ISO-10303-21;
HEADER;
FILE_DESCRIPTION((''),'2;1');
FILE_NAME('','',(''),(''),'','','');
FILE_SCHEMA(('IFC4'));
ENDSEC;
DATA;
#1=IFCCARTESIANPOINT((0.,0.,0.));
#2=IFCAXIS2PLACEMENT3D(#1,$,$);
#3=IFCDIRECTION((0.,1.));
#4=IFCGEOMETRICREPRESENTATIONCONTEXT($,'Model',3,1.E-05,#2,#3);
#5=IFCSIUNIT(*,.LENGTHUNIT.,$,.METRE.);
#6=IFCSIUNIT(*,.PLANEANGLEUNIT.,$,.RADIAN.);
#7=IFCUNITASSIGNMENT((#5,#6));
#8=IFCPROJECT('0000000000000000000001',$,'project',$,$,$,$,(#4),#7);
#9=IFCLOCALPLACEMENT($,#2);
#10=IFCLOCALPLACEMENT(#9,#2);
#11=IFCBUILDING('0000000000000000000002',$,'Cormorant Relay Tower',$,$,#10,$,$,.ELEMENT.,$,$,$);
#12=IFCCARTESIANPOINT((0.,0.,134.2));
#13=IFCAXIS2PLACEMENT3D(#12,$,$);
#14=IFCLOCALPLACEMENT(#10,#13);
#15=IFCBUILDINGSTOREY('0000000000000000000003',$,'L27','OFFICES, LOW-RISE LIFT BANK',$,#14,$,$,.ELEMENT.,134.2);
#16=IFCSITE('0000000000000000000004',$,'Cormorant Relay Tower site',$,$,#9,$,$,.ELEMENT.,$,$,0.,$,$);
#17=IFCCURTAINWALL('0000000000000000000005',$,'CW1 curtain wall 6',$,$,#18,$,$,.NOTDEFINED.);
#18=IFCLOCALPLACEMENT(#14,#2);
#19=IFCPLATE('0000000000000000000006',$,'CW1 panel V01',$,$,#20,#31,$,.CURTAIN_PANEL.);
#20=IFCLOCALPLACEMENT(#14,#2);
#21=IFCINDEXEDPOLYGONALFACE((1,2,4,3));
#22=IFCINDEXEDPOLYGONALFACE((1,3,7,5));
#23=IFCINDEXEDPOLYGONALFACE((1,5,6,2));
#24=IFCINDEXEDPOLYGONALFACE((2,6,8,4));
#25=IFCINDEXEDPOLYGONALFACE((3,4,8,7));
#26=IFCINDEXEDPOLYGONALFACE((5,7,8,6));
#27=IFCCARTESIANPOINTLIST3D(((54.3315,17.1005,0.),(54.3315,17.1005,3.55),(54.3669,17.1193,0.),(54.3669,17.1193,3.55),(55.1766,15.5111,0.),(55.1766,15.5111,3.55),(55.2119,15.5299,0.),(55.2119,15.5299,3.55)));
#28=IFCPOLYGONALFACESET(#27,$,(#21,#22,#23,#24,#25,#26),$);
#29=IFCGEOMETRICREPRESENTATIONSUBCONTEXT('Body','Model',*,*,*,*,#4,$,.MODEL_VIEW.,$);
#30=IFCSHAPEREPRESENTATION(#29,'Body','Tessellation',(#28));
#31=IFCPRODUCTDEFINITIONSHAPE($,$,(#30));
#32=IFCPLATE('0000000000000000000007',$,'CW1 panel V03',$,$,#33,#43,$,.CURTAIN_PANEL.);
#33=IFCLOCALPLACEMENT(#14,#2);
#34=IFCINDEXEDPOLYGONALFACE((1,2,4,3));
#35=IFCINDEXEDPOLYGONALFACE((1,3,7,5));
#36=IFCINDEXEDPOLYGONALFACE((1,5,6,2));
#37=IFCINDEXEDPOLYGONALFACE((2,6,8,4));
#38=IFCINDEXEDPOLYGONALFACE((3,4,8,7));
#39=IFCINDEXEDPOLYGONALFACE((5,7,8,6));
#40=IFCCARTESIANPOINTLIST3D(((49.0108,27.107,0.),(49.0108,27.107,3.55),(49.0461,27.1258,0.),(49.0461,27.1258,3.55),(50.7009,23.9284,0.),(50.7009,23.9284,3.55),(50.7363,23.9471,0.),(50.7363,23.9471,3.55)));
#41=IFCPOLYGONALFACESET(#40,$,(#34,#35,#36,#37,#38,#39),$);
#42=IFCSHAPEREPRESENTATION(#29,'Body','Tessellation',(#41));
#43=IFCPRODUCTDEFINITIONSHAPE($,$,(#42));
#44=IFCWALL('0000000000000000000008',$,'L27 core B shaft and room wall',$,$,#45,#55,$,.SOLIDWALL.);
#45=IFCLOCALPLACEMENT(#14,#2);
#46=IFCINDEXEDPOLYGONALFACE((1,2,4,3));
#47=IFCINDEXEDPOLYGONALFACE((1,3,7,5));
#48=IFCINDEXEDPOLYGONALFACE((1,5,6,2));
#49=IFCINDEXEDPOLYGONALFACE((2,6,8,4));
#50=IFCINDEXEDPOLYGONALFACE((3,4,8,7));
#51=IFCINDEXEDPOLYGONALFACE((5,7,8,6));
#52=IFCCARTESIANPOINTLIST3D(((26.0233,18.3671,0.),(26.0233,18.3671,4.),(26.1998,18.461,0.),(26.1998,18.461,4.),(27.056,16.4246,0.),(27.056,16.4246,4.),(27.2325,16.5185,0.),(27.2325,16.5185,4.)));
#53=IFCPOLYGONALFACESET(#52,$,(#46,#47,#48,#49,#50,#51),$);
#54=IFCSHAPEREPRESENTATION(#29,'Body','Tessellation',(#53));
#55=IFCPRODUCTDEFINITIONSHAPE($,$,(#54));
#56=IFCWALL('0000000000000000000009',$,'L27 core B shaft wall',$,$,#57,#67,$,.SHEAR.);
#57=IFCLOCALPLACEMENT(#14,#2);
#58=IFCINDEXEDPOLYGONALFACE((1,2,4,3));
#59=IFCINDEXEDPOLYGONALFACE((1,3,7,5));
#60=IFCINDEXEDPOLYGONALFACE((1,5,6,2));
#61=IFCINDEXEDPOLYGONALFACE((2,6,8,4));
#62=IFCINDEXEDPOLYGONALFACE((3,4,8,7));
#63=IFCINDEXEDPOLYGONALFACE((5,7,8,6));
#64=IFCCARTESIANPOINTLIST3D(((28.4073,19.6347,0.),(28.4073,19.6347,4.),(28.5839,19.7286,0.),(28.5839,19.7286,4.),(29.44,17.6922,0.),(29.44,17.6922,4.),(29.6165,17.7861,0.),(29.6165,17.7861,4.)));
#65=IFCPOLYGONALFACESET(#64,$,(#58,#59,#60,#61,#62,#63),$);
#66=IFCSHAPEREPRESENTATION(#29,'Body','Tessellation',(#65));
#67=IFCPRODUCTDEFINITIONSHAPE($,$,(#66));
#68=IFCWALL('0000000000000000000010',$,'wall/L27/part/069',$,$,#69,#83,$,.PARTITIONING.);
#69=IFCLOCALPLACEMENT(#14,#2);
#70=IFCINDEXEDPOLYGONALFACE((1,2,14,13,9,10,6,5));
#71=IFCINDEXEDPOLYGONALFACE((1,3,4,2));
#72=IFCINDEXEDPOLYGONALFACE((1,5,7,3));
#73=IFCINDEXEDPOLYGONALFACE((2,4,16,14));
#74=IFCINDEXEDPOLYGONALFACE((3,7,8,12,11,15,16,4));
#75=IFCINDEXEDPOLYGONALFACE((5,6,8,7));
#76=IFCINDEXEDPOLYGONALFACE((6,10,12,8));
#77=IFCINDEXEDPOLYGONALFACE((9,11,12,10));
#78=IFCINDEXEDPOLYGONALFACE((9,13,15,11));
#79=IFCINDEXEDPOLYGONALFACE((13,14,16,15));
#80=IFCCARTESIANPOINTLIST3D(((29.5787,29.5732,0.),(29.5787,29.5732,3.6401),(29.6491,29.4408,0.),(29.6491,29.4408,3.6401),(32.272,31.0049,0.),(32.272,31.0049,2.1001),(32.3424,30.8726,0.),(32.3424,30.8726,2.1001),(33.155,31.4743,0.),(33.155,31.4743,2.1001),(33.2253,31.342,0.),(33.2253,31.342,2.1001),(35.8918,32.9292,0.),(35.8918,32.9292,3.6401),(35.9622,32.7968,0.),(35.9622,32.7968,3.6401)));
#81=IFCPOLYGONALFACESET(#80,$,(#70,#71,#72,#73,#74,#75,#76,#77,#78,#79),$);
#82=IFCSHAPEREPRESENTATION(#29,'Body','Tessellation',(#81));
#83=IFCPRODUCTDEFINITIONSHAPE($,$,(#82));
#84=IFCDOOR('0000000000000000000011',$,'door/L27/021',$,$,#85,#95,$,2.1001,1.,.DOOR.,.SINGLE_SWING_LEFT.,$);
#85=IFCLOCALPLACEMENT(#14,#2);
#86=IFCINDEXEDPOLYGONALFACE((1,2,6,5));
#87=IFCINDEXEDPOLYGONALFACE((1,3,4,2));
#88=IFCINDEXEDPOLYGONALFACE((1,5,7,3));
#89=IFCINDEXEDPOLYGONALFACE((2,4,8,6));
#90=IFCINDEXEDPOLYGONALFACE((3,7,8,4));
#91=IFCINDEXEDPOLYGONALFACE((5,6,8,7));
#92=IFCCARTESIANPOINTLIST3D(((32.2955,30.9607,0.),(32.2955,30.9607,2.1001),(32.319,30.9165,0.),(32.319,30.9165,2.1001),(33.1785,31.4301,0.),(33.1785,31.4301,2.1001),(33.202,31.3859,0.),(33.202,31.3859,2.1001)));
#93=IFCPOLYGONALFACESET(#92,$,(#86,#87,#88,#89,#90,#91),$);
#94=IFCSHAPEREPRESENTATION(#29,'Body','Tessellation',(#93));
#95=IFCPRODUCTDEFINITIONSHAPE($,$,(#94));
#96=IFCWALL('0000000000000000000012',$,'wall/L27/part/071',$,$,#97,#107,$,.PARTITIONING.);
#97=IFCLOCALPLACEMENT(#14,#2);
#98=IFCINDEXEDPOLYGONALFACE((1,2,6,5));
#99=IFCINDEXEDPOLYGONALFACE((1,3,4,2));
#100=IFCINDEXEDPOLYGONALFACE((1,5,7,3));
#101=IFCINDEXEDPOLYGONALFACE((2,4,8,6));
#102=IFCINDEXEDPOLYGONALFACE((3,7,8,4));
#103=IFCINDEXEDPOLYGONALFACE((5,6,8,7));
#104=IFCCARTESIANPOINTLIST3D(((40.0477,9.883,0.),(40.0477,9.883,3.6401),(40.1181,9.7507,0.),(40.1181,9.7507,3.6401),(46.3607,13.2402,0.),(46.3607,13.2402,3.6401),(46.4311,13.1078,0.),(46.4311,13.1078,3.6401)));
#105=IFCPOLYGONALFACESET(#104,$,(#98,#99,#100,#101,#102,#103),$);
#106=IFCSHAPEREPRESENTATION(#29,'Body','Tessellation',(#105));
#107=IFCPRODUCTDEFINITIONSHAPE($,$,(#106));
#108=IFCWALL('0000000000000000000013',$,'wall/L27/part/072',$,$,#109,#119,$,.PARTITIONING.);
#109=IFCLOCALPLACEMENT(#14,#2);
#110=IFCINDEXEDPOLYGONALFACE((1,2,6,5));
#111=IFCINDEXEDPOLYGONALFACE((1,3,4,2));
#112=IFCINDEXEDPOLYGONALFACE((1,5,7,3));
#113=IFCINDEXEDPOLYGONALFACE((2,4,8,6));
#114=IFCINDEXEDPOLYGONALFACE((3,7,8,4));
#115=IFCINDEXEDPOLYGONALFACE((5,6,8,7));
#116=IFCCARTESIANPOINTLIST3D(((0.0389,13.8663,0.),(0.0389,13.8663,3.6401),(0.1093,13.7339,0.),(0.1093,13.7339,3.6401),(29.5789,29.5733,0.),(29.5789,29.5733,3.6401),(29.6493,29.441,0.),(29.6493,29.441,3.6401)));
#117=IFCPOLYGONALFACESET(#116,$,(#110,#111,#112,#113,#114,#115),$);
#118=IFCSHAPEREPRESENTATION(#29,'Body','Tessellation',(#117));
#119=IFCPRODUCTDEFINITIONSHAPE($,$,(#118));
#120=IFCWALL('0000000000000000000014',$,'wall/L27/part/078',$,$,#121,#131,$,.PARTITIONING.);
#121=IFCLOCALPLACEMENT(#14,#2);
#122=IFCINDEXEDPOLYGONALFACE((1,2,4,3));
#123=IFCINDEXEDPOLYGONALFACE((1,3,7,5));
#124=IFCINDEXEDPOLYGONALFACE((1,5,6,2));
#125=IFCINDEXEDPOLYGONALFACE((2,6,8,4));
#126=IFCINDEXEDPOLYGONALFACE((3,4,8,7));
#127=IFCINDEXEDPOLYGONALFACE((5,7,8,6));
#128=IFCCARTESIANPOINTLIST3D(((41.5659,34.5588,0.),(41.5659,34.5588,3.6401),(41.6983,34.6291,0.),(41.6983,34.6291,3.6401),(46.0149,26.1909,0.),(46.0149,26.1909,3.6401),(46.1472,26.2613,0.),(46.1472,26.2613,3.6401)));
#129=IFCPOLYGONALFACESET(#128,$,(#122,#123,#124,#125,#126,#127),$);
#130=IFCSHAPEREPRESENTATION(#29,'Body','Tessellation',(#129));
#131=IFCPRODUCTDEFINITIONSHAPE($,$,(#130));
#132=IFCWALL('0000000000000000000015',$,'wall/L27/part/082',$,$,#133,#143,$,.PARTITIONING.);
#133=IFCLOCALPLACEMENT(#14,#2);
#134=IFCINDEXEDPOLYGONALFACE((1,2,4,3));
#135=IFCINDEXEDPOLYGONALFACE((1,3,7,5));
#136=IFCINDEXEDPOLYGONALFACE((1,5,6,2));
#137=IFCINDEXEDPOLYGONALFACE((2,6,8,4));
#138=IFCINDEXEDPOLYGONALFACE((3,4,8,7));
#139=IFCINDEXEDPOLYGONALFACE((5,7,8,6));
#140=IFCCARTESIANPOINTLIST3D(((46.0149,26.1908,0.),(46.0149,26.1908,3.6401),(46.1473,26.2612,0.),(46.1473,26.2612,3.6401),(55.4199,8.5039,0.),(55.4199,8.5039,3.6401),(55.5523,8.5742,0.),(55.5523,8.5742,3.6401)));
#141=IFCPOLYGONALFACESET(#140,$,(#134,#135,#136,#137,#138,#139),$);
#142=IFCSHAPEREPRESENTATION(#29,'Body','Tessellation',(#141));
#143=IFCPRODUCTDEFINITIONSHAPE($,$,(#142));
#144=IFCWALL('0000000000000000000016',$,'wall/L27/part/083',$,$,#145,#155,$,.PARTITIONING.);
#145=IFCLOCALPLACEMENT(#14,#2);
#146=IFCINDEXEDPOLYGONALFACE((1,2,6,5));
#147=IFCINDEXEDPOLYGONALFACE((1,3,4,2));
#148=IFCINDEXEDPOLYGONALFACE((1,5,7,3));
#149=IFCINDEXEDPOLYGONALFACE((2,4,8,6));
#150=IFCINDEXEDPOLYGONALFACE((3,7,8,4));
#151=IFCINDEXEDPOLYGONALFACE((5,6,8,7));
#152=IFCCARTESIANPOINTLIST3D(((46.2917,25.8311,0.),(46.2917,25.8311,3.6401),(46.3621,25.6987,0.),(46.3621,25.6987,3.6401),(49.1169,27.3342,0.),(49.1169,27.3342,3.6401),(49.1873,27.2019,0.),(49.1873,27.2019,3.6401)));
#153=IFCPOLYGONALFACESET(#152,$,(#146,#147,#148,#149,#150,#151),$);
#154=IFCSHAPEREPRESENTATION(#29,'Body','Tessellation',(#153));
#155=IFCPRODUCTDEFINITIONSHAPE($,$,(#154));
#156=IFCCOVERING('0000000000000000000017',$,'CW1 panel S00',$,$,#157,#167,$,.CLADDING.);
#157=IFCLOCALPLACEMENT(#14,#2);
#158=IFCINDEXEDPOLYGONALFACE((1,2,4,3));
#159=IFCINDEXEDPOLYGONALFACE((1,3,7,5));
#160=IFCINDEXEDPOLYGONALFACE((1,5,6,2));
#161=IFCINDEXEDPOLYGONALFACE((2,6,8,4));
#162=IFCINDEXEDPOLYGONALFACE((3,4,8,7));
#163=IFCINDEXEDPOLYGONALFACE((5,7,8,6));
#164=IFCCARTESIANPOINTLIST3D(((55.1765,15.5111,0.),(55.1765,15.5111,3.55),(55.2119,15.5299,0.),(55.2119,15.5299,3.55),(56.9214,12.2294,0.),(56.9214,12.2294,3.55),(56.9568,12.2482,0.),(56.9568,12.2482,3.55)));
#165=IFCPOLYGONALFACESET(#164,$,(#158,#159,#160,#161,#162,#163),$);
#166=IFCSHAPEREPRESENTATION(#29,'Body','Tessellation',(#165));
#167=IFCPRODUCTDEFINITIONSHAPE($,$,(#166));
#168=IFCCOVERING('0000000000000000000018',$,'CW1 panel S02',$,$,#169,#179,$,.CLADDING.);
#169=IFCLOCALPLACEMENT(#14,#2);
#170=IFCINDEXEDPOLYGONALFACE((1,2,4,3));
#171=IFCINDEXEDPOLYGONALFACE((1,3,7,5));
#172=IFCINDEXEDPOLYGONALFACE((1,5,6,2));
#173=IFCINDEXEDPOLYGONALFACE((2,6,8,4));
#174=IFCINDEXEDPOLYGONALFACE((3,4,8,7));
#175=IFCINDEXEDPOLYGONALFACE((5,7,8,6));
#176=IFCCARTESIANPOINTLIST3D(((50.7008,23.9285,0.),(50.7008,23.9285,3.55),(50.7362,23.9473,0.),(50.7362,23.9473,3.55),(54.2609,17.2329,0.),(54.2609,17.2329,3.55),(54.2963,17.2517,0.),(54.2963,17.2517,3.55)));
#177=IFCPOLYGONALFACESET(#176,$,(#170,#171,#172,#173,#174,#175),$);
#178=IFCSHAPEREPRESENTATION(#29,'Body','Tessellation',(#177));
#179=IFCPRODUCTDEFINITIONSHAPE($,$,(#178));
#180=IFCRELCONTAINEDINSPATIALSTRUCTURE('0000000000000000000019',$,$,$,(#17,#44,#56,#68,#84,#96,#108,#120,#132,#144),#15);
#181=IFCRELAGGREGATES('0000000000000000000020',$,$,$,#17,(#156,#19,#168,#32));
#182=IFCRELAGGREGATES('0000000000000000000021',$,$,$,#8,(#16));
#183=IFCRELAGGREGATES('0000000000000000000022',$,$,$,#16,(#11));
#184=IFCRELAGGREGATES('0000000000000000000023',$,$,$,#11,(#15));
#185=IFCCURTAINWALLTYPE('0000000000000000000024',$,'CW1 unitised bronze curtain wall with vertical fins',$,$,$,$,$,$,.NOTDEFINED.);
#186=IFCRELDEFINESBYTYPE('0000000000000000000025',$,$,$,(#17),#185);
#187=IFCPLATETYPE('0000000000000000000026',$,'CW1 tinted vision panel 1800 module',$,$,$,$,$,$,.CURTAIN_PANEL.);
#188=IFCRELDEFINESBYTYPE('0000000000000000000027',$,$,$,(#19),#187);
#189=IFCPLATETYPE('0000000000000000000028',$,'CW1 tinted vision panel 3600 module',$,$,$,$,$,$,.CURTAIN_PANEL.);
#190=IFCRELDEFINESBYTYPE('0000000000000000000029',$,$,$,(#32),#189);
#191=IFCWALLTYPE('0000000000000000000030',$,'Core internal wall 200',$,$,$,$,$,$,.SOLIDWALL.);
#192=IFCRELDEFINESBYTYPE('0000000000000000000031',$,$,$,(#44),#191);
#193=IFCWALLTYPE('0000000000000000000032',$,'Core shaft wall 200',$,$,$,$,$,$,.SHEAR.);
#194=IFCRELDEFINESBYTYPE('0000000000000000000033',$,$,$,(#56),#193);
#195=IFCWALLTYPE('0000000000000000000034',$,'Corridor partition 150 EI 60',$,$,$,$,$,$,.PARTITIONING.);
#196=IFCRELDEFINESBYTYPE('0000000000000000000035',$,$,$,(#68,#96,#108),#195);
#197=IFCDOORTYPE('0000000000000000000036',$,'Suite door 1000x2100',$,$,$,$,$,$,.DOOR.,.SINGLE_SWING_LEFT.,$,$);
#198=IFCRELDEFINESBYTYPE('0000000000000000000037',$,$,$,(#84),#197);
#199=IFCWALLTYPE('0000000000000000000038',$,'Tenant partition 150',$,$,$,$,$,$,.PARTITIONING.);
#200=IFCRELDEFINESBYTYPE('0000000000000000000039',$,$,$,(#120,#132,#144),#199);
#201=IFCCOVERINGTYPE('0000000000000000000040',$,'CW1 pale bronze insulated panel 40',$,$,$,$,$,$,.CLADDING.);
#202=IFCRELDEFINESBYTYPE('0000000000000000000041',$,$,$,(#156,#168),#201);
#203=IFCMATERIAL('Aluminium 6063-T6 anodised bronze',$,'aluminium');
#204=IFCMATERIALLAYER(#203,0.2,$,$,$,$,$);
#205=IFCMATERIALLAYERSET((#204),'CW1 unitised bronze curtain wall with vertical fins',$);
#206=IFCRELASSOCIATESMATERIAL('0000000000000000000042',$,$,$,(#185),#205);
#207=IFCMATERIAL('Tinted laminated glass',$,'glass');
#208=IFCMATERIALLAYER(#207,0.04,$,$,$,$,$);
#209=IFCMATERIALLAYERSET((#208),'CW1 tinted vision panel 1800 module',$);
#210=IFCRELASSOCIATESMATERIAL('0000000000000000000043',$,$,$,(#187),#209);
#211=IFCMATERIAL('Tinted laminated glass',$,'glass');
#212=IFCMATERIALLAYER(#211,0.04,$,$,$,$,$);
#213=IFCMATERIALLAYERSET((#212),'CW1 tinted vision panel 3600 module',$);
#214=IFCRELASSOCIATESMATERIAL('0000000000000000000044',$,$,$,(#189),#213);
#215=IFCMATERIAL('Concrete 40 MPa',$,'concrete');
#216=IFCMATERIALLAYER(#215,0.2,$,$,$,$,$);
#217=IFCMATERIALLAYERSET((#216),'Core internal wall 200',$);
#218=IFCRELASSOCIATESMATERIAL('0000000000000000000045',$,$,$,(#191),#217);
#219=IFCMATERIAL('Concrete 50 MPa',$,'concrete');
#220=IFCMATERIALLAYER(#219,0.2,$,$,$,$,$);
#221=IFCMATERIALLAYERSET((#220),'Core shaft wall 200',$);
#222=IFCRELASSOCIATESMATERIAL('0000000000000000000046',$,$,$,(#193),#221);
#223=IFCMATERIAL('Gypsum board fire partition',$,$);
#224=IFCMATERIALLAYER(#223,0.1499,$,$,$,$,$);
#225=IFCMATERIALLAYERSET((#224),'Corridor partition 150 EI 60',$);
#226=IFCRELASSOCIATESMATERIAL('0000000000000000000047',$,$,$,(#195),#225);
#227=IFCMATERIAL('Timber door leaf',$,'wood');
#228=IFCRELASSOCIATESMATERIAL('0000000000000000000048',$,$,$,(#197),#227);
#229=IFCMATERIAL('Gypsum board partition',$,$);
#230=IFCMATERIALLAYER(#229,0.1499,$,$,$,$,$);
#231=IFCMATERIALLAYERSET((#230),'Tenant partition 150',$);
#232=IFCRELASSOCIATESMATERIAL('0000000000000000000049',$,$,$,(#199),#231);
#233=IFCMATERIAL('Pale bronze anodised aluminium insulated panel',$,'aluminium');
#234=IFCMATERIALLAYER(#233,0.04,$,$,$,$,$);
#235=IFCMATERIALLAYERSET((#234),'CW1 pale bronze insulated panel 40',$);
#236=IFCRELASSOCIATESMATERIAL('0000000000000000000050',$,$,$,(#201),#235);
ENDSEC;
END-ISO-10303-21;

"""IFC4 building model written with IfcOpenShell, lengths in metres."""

from ifc_helpers import new_model, si_unit, direction, frame, frame_2d, origin, origin_2d, place, context, subcontext, project, spatial, rectangle, extrude, material, layer, layer_set, type_object, element, fill, aggregate, save


model = new_model("IFC4")

# Units and contexts
model_context = context("Model", 3, precision=1e-05, world=origin(), true_north=direction((0.0, 1.0)))
body_context = subcontext(model_context, "Body", "Model", "MODEL_VIEW")
ifc_project = project(units=[si_unit("LENGTHUNIT", "METRE"), si_unit("PLANEANGLEUNIT", "RADIAN")], contexts=[model_context])

# Site, building, storey
site_placement = place(None, origin())
site = spatial("IfcSite", under=ifc_project, at=site_placement, Name="Cormorant Relay Tower site", CompositionType="ELEMENT", RefElevation=0.0)
building_placement = place(site_placement, origin())
building = spatial("IfcBuilding", under=site, at=building_placement, Name="Cormorant Relay Tower", CompositionType="ELEMENT")
storey_placement = place(building_placement, frame((0.0, 0.0, 134.2)))
storey = spatial("IfcBuildingStorey", under=building, at=storey_placement, Name="L27", Description="OFFICES, LOW-RISE LIFT BANK", CompositionType="ELEMENT", Elevation=134.2)

# Curtain wall
ifc_material_1 = material(Name="Aluminium 6063-T6 anodised bronze", Category="aluminium")
ifc_layer_1 = layer(ifc_material_1, 0.2)
ifc_layer_set_1 = layer_set([ifc_layer_1], Name="CW1 unitised bronze curtain wall with vertical fins")
curtain_wall_type = type_object("IfcCurtainWallType", Name="CW1 unitised bronze curtain wall with vertical fins", PredefinedType="NOTDEFINED", material=ifc_layer_set_1)
curtain_wall_placement = place(storey_placement, origin())
curtain_wall = element("IfcCurtainWall", 1, at=curtain_wall_placement, inside=storey, type_object=curtain_wall_type, Name="CW1 curtain wall 6", PredefinedType="NOTDEFINED")

# Plates
ifc_material_2 = material(Name="Tinted laminated glass", Category="glass")
ifc_layer_2 = layer(ifc_material_2, 0.04)
ifc_layer_set_2 = layer_set([ifc_layer_2], Name="CW1 tinted vision panel 1800 module")
plate_type_1 = type_object("IfcPlateType", Name="CW1 tinted vision panel 1800 module", PredefinedType="CURTAIN_PANEL", material=ifc_layer_set_2)
plate_1_placement = place(storey_placement, frame((54.7717, 16.3152, 0.0), z_axis=(0.0, 0.0, 1.0), x_axis=(-0.469472, 0.882948, 0.0)))
plate_1 = element("IfcPlate", 2, at=plate_1_placement, type_object=plate_type_1, Name="CW1 panel V01", PredefinedType="CURTAIN_PANEL", context=body_context, shape_type="SweptSolid", body=[
    extrude(rectangle(XDim=1.8, YDim=0.04, at=origin_2d()), origin(), (0.0, 0.0, 1.0), 3.55),
])
ifc_material_3 = material(Name="Tinted laminated glass", Category="glass")
ifc_layer_3 = layer(ifc_material_3, 0.04)
ifc_layer_set_3 = layer_set([ifc_layer_3], Name="CW1 tinted vision panel 3600 module")
plate_type_2 = type_object("IfcPlateType", Name="CW1 tinted vision panel 3600 module", PredefinedType="CURTAIN_PANEL", material=ifc_layer_set_3)
plate_2_placement = place(storey_placement, frame((49.8735, 25.5271, 0.0), z_axis=(0.0, 0.0, 1.0), x_axis=(-0.469472, 0.882948, 0.0)))
plate_2 = element("IfcPlate", 3, at=plate_2_placement, type_object=plate_type_2, Name="CW1 panel V03", PredefinedType="CURTAIN_PANEL", context=body_context, shape_type="SweptSolid", body=[
    extrude(rectangle(XDim=3.6001, YDim=0.04, at=origin_2d()), origin(), (0.0, 0.0, 1.0), 3.55),
])

# Walls
ifc_material_4 = material(Name="Concrete 40 MPa", Category="concrete")
ifc_layer_4 = layer(ifc_material_4, 0.2)
ifc_layer_set_4 = layer_set([ifc_layer_4], Name="Core internal wall 200")
wall_type_1 = type_object("IfcWallType", Name="Core internal wall 200", PredefinedType="SOLIDWALL", material=ifc_layer_set_4)
wall_1_placement = place(storey_placement, frame((27.1443, 16.4714, 0.0), z_axis=(0.0, 0.0, 1.0), x_axis=(-0.469401, 0.882985, 0.0)))
element("IfcWall", 4, at=wall_1_placement, inside=storey, type_object=wall_type_1, Name="L27 core B shaft and room wall", PredefinedType="SOLIDWALL", context=body_context, shape_type="SweptSolid", body=[
    extrude(rectangle(XDim=2.2, YDim=0.2, at=frame_2d((1.1001, 0.0))), origin(), (0.0, 0.0, 1.0), 4.0),
])
ifc_material_5 = material(Name="Concrete 50 MPa", Category="concrete")
ifc_layer_5 = layer(ifc_material_5, 0.2)
ifc_layer_set_5 = layer_set([ifc_layer_5], Name="Core shaft wall 200")
wall_type_2 = type_object("IfcWallType", Name="Core shaft wall 200", PredefinedType="SHEAR", material=ifc_layer_set_5)
wall_2_placement = place(storey_placement, frame((29.5283, 17.739, 0.0), z_axis=(0.0, 0.0, 1.0), x_axis=(-0.469401, 0.882985, 0.0)))
element("IfcWall", 5, at=wall_2_placement, inside=storey, type_object=wall_type_2, Name="L27 core B shaft wall", PredefinedType="SHEAR", context=body_context, shape_type="SweptSolid", body=[
    extrude(rectangle(XDim=2.2, YDim=0.2, at=frame_2d((1.1001, 0.0))), origin(), (0.0, 0.0, 1.0), 4.0),
])

# Wall, opening, door
ifc_material_6 = material(Name="Gypsum board fire partition")
ifc_layer_6 = layer(ifc_material_6, 0.1499)
ifc_layer_set_6 = layer_set([ifc_layer_6], Name="Corridor partition 150 EI 60")
wall_type_3 = type_object("IfcWallType", Name="Corridor partition 150 EI 60", PredefinedType="PARTITIONING", material=ifc_layer_set_6)
wall_3_placement = place(storey_placement, frame((29.614, 29.5071, 0.0), z_axis=(0.0, 0.0, 1.0), x_axis=(0.882989, 0.469393, 0.0)))
wall_3 = element("IfcWall", 6, at=wall_3_placement, inside=storey, type_object=wall_type_3, Name="wall/L27/part/069", PredefinedType="PARTITIONING", context=body_context, shape_type="SweptSolid", body=[
    extrude(rectangle(XDim=7.1497, YDim=0.1499, at=frame_2d((3.5747, 0.0))), origin(), (0.0, 0.0, 1.0), 3.6401),
])
opening_1_placement = place(wall_3_placement, frame((3.05, 0.0, 0.0)))
opening_1 = element("IfcOpeningElement", 7, at=opening_1_placement, cuts=wall_3, PredefinedType="OPENING", context=body_context, shape_type="SweptSolid", body=[
    extrude(rectangle(XDim=1.0, YDim=2.1001, at=frame_2d((0.5, 1.05))), frame((0.0, 0.085, 0.0), z_axis=(0.0, -1.0, 0.0), x_axis=(1.0, 0.0, 0.0)), (0.0, 0.0, 1.0), 0.1699),
])
ifc_material_7 = material(Name="Timber door leaf", Category="wood")
door_type_1 = type_object("IfcDoorType", Name="Suite door 1000x2100", OperationType="SINGLE_SWING_LEFT", PredefinedType="DOOR", material=ifc_material_7)
door_1_placement = place(opening_1_placement, origin())
door_1 = element("IfcDoor", 8, at=door_1_placement, inside=storey, type_object=door_type_1, Name="door/L27/021", OperationType="SINGLE_SWING_LEFT", OverallHeight=2.1001, OverallWidth=1.0, PredefinedType="DOOR", context=body_context, shape_type="SweptSolid", body=[
    extrude(rectangle(XDim=1.0, YDim=2.1001, at=frame_2d((0.5, 1.05))), frame((0.0, 0.0249, 0.0), z_axis=(0.0, -1.0, 0.0), x_axis=(1.0, 0.0, 0.0)), (0.0, 0.0, 1.0), 0.05),
])
fill(opening_1, door_1)

# Walls
wall_4_placement = place(storey_placement, frame((46.396, 13.1741, 0.0), z_axis=(0.0, 0.0, 1.0), x_axis=(-0.882918, -0.469526, 0.0)))
element("IfcWall", 9, at=wall_4_placement, inside=storey, type_object=wall_type_3, Name="wall/L27/part/071", PredefinedType="PARTITIONING", context=body_context, shape_type="SweptSolid", body=[
    extrude(rectangle(XDim=7.1501, YDim=0.1499, at=frame_2d((3.5752, 0.0))), origin(), (0.0, 0.0, 1.0), 3.6401),
])
wall_5_placement = place(storey_placement, frame((29.614, 29.5071, 0.0), z_axis=(0.0, 0.0, 1.0), x_axis=(-0.882944, -0.469479, 0.0)))
element("IfcWall", 10, at=wall_5_placement, inside=storey, type_object=wall_type_3, Name="wall/L27/part/072", PredefinedType="PARTITIONING", context=body_context, shape_type="SweptSolid", body=[
    extrude(rectangle(XDim=33.4563, YDim=0.1499, at=frame_2d((16.728, 0.0))), origin(), (0.0, 0.0, 1.0), 3.6401),
])
ifc_material_8 = material(Name="Gypsum board partition")
ifc_layer_7 = layer(ifc_material_8, 0.1499)
ifc_layer_set_7 = layer_set([ifc_layer_7], Name="Tenant partition 150")
wall_type_4 = type_object("IfcWallType", Name="Tenant partition 150", PredefinedType="PARTITIONING", material=ifc_layer_set_7)
wall_6_placement = place(storey_placement, frame((46.0811, 26.2261, 0.0), z_axis=(0.0, 0.0, 1.0), x_axis=(-0.469445, 0.882962, 0.0)))
element("IfcWall", 11, at=wall_6_placement, inside=storey, type_object=wall_type_4, Name="wall/L27/part/078", PredefinedType="PARTITIONING", context=body_context, shape_type="SweptSolid", body=[
    extrude(rectangle(XDim=9.4771, YDim=0.1499, at=frame_2d((4.7385, 0.0))), origin(), (0.0, 0.0, 1.0), 3.6401),
])
wall_7_placement = place(storey_placement, frame((46.0811, 26.2261, 0.0), z_axis=(0.0, 0.0, 1.0), x_axis=(0.469498, -0.882934, 0.0)))
element("IfcWall", 12, at=wall_7_placement, inside=storey, type_object=wall_type_4, Name="wall/L27/part/082", PredefinedType="PARTITIONING", context=body_context, shape_type="SweptSolid", body=[
    extrude(rectangle(XDim=20.032, YDim=0.1499, at=frame_2d((10.0161, 0.0))), origin(), (0.0, 0.0, 1.0), 3.6401),
])
wall_8_placement = place(storey_placement, frame((49.1521, 27.2681, 0.0), z_axis=(0.0, 0.0, 1.0), x_axis=(-0.882819, -0.469713, 0.0)))
element("IfcWall", 13, at=wall_8_placement, inside=storey, type_object=wall_type_4, Name="wall/L27/part/083", PredefinedType="PARTITIONING", context=body_context, shape_type="SweptSolid", body=[
    extrude(rectangle(XDim=3.2002, YDim=0.1499, at=frame_2d((1.6001, 0.0))), origin(), (0.0, 0.0, 1.0), 3.6401),
])

# Coverings
ifc_material_9 = material(Name="Pale bronze anodised aluminium insulated panel", Category="aluminium")
ifc_layer_8 = layer(ifc_material_9, 0.04)
ifc_layer_set_8 = layer_set([ifc_layer_8], Name="CW1 pale bronze insulated panel 40")
covering_type = type_object("IfcCoveringType", Name="CW1 pale bronze insulated panel 40", PredefinedType="CLADDING", material=ifc_layer_set_8)
covering_1_placement = place(storey_placement, frame((56.0667, 13.8796, 0.0), z_axis=(0.0, 0.0, 1.0), x_axis=(-0.469472, 0.882948, 0.0)))
covering_1 = element("IfcCovering", 14, at=covering_1_placement, type_object=covering_type, Name="CW1 panel S00", PredefinedType="CLADDING", context=body_context, shape_type="SweptSolid", body=[
    extrude(rectangle(XDim=3.7168, YDim=0.04, at=origin_2d()), origin(), (0.0, 0.0, 1.0), 3.55),
])
covering_2_placement = place(storey_placement, frame((52.4985, 20.5901, 0.0), z_axis=(0.0, 0.0, 1.0), x_axis=(-0.469472, 0.882948, 0.0)))
covering_2 = element("IfcCovering", 15, at=covering_2_placement, type_object=covering_type, Name="CW1 panel S02", PredefinedType="CLADDING", context=body_context, shape_type="SweptSolid", body=[
    extrude(rectangle(XDim=7.5833, YDim=0.04, at=origin_2d()), origin(), (0.0, 0.0, 1.0), 3.55),
])
aggregate(curtain_wall, [covering_1, plate_1, covering_2, plate_2])

save(model, "model.ifc")
